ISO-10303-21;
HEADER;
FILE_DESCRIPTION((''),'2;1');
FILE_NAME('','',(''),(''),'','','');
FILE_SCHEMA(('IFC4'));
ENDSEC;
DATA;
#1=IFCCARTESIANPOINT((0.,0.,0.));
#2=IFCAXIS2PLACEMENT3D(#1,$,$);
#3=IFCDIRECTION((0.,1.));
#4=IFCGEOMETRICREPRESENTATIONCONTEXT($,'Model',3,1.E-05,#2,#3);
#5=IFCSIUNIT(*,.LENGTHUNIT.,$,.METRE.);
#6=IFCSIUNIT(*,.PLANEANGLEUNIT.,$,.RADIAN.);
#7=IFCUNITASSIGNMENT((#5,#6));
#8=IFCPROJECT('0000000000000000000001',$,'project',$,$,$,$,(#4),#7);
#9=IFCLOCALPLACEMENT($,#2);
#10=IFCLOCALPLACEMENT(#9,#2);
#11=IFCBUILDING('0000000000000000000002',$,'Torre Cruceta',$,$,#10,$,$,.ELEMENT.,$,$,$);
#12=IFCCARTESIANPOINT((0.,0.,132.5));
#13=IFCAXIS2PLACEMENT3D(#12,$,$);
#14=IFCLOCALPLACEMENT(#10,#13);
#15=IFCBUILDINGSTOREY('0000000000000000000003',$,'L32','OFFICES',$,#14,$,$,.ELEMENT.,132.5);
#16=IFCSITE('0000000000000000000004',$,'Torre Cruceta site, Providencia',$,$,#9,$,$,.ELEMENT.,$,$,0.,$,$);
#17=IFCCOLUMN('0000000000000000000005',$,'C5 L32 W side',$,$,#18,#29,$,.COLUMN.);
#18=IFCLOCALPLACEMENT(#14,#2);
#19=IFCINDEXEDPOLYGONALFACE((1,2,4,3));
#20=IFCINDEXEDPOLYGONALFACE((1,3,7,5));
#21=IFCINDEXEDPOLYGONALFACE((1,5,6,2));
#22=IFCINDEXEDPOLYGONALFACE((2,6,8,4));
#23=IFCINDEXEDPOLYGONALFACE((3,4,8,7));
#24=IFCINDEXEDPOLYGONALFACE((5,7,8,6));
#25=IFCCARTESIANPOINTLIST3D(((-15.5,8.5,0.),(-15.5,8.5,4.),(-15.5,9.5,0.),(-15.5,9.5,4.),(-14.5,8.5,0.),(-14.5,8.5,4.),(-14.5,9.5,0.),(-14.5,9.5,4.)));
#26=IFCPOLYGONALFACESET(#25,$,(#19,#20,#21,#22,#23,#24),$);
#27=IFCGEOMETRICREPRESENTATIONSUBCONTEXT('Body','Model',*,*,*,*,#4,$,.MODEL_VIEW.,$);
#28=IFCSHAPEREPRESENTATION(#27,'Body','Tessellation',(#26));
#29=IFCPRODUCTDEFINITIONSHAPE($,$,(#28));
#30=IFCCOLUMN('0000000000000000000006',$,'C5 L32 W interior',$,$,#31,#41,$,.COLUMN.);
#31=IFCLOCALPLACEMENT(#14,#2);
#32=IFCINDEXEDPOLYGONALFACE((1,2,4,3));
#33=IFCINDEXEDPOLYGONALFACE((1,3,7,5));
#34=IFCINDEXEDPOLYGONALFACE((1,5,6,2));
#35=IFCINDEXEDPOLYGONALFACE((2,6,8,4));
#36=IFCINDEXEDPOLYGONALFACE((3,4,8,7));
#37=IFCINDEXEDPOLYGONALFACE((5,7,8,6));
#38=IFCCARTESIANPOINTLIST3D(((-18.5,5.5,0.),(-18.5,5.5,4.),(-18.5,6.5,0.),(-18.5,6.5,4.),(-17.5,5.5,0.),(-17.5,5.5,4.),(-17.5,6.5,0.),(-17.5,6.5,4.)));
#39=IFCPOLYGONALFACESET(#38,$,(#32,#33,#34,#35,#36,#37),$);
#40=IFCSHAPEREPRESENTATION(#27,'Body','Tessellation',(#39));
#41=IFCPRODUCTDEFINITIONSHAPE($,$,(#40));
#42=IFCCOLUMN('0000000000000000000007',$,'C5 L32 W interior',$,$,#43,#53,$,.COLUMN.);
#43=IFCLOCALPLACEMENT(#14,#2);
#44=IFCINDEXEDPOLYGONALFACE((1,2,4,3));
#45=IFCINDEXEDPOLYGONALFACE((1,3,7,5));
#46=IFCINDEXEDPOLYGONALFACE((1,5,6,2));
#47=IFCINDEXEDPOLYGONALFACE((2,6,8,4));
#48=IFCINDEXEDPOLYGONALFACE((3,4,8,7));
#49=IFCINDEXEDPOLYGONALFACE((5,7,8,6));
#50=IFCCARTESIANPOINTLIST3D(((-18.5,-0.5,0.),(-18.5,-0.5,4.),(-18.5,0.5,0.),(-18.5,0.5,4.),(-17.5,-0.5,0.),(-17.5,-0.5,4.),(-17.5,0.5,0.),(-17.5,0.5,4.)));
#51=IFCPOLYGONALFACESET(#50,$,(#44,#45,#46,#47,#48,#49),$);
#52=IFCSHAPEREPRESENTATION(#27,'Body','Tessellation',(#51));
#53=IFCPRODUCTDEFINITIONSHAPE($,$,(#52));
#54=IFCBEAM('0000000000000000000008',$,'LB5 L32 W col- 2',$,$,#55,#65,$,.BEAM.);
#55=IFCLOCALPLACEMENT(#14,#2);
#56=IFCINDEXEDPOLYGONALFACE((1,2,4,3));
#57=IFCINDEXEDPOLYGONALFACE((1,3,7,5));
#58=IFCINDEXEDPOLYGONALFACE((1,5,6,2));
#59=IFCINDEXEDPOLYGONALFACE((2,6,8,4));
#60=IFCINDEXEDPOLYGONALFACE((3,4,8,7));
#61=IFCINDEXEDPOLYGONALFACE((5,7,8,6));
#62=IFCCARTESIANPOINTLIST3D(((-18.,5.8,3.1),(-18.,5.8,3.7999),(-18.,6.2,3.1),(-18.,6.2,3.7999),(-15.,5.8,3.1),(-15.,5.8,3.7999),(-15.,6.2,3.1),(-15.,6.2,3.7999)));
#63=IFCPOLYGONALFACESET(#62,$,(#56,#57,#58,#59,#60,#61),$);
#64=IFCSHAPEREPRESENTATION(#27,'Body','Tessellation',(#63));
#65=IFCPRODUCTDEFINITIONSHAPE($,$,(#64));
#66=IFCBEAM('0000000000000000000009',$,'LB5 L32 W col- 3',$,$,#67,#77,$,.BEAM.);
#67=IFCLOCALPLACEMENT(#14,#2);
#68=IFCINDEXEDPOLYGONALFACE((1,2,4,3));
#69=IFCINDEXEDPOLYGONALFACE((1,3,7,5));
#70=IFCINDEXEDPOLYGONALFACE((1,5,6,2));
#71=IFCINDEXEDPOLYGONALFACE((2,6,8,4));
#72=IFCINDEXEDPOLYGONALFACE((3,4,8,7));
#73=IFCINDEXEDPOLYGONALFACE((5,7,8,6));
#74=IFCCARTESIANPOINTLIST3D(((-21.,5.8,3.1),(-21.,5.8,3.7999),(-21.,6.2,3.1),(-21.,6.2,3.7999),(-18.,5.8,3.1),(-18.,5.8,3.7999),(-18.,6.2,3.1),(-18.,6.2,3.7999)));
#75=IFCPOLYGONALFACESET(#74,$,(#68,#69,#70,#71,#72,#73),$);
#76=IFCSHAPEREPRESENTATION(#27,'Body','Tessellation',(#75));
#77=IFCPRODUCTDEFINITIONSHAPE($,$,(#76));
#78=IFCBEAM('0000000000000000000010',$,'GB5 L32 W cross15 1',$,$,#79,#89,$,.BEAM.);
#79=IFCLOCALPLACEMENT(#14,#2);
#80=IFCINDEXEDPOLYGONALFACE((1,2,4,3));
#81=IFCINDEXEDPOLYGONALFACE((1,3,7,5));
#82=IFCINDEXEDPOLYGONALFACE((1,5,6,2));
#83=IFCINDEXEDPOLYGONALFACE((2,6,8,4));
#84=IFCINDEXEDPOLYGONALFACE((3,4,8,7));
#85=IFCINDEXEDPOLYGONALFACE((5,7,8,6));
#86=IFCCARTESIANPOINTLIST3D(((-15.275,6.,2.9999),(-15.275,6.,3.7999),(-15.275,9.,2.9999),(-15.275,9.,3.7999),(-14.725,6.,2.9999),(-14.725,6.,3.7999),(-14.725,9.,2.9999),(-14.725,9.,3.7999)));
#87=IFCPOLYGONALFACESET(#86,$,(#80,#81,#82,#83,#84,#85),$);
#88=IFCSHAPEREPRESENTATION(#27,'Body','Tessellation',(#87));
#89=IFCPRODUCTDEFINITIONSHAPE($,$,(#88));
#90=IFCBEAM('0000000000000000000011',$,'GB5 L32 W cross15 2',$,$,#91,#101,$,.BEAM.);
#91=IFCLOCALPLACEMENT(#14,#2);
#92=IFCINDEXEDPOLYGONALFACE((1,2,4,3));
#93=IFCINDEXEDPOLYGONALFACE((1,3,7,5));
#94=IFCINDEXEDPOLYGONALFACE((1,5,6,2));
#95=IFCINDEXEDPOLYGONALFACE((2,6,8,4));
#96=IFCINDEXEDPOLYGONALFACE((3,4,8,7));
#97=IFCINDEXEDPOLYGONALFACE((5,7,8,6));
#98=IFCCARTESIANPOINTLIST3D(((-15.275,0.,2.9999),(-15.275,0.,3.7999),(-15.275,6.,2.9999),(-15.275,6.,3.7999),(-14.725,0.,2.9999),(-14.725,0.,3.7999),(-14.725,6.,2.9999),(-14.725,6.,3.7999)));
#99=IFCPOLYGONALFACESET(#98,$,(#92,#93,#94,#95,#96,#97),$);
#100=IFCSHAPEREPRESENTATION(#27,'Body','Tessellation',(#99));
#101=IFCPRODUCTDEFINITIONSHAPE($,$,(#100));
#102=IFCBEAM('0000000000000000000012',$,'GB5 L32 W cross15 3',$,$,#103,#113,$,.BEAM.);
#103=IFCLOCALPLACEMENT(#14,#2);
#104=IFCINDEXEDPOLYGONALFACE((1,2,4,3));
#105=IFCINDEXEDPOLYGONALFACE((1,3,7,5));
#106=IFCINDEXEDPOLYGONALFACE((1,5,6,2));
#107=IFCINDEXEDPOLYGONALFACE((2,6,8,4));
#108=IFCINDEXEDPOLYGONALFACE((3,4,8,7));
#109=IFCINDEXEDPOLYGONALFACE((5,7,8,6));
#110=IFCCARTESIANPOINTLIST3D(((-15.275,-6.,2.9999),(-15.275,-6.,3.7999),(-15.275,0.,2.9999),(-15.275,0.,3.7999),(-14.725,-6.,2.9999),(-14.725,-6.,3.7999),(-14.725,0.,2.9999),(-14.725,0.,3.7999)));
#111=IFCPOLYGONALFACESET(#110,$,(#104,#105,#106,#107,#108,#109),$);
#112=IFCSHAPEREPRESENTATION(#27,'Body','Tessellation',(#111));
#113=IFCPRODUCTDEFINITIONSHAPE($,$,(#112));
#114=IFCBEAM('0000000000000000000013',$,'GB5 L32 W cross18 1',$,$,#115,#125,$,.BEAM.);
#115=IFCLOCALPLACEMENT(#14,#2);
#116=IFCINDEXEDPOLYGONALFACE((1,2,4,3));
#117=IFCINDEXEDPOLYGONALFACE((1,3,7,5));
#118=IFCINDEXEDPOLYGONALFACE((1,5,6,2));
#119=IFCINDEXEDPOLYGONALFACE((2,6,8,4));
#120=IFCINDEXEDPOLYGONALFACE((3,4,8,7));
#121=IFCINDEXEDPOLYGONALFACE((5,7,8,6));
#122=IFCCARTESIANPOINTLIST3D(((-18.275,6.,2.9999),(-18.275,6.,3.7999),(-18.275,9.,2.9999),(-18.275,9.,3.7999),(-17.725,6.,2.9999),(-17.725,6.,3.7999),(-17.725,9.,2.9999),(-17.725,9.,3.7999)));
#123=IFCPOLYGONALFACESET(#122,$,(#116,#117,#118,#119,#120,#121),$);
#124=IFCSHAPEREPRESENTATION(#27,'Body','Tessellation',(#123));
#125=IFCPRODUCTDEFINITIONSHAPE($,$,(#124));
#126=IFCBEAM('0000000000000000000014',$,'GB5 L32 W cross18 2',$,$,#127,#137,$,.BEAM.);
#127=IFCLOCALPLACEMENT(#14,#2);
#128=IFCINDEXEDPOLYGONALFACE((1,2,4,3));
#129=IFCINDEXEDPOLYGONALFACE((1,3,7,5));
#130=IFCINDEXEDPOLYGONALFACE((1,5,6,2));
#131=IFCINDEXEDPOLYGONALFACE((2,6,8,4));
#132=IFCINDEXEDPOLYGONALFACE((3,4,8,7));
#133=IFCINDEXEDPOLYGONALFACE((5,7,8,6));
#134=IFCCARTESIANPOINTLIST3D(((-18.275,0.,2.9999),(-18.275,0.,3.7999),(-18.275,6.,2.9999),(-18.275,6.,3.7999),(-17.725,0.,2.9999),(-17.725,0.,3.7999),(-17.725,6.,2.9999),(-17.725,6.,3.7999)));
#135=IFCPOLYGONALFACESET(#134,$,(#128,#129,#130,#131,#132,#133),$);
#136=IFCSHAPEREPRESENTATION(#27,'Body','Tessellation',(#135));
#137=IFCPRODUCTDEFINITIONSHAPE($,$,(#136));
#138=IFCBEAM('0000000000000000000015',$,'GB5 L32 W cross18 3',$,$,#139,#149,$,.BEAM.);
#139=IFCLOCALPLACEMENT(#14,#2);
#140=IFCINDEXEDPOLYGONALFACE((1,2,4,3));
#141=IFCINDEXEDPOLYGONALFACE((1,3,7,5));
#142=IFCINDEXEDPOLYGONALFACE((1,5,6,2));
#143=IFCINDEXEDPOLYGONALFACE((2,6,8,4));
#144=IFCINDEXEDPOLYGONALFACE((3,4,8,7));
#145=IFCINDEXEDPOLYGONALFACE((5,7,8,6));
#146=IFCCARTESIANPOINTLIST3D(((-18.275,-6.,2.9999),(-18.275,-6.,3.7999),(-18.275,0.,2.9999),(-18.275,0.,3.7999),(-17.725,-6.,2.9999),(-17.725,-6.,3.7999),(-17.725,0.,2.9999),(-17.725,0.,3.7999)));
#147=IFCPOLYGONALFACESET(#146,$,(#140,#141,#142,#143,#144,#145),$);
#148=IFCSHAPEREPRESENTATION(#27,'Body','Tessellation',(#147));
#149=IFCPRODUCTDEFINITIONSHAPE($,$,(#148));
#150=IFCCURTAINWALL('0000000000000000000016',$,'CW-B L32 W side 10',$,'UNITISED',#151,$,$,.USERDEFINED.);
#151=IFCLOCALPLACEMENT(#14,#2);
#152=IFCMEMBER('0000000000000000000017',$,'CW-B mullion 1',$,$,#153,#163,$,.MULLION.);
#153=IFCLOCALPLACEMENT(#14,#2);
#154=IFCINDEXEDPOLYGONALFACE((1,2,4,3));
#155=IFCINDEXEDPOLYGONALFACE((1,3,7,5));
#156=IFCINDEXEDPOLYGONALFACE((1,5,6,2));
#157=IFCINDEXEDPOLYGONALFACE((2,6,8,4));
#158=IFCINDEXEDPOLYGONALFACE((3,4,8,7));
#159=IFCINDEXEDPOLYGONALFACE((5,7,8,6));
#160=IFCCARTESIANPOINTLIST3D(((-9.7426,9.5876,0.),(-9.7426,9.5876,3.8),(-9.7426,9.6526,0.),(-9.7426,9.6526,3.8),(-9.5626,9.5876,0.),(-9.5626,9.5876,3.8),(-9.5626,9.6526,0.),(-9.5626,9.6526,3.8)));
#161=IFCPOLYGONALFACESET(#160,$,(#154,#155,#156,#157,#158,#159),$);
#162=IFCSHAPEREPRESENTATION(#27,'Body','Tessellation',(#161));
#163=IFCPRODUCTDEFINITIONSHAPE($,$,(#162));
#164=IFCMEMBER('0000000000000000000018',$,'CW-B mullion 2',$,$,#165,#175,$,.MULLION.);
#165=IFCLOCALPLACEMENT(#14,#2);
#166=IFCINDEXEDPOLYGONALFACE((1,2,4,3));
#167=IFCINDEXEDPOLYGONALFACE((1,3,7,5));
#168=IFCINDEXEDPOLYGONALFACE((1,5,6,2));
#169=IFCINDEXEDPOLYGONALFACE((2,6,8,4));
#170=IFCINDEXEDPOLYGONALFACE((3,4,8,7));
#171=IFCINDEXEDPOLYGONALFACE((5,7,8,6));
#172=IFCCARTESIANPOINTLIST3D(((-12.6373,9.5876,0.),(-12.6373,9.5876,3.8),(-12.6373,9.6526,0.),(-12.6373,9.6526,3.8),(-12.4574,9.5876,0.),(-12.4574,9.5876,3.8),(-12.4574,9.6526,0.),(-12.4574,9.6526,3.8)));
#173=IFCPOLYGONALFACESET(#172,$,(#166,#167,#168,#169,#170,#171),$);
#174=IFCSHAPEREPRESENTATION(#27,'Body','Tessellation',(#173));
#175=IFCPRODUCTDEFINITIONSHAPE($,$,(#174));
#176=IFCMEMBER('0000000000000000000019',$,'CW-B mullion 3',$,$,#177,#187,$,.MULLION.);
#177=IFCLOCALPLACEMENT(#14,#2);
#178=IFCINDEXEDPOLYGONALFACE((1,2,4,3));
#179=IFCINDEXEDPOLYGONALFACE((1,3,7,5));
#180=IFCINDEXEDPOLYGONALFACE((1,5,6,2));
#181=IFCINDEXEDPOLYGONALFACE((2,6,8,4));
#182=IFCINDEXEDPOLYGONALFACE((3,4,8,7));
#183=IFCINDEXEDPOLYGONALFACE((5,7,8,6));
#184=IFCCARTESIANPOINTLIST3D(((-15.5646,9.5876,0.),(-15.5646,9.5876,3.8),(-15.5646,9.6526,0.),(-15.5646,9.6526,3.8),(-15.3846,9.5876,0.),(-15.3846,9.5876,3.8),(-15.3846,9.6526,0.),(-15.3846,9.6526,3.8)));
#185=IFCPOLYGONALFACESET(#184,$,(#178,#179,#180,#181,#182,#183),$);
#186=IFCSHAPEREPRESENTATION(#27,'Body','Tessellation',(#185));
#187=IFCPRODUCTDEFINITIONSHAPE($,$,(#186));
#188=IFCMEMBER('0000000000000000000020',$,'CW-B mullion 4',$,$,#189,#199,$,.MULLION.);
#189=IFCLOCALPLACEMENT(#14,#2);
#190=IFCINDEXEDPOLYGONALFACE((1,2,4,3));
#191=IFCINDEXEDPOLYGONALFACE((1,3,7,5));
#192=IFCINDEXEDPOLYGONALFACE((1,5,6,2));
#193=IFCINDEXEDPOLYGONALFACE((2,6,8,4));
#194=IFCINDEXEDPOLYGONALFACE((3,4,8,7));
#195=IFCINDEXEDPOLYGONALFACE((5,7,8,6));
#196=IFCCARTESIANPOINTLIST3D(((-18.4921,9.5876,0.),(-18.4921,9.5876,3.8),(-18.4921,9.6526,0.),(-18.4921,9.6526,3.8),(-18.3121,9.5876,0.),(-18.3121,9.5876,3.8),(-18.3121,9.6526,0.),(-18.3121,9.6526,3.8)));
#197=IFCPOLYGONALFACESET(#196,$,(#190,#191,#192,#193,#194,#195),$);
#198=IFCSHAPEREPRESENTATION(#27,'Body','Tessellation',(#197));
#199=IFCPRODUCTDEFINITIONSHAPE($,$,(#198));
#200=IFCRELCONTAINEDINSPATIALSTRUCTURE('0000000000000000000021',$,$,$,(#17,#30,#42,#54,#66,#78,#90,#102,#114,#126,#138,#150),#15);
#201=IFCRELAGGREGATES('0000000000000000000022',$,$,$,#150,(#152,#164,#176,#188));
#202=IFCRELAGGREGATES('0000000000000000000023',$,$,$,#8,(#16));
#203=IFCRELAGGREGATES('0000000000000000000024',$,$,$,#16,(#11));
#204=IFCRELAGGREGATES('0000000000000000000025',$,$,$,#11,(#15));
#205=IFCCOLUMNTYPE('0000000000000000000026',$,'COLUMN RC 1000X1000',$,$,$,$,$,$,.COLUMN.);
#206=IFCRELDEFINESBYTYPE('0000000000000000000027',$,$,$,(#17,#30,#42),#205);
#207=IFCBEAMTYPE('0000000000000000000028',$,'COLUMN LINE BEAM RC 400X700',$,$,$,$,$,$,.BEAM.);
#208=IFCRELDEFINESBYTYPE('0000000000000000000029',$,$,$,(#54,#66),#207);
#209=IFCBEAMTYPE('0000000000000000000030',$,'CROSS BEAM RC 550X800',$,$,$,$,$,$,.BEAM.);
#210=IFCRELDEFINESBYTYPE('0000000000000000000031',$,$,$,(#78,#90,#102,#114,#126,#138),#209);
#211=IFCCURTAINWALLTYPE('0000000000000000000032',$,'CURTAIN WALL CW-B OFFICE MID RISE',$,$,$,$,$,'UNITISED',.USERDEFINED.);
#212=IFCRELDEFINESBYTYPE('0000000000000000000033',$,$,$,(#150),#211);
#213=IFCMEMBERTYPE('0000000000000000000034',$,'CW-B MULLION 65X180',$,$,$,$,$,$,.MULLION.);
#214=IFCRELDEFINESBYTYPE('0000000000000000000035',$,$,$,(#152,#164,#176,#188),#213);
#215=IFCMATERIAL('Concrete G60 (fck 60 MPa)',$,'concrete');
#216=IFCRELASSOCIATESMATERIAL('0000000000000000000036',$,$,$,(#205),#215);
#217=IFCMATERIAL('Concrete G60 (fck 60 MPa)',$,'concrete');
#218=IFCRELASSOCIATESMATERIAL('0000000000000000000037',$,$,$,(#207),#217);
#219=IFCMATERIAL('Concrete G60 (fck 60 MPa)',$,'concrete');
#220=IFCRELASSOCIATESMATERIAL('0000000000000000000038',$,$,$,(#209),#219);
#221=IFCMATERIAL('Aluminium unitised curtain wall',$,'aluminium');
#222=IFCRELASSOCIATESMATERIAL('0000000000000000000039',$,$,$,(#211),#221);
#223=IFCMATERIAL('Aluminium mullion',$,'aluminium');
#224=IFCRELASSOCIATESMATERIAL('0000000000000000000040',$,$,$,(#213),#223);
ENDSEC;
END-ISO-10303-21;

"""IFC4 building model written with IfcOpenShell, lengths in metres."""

from ifc_helpers import new_model, si_unit, direction, frame, origin, origin_2d, place, context, subcontext, project, spatial, rectangle, extrude, material, material_profile, profile_set, type_object, element, aggregate, save


model = new_model("IFC4")

# Units and contexts
model_context = context("Model", 3, precision=1e-05, world=origin(), true_north=direction((0.0, 1.0)))
body_context = subcontext(model_context, "Body", "Model", "MODEL_VIEW")
ifc_project = project(units=[si_unit("LENGTHUNIT", "METRE"), si_unit("PLANEANGLEUNIT", "RADIAN")], contexts=[model_context])

# Site, building, storey
site_placement = place(None, origin())
site = spatial("IfcSite", under=ifc_project, at=site_placement, Name="Torre Cruceta site, Providencia", CompositionType="ELEMENT", RefElevation=0.0)
building_placement = place(site_placement, origin())
building = spatial("IfcBuilding", under=site, at=building_placement, Name="Torre Cruceta", CompositionType="ELEMENT")
storey_placement = place(building_placement, frame((0.0, 0.0, 132.5)))
storey = spatial("IfcBuildingStorey", under=building, at=storey_placement, Name="L32", Description="OFFICES", CompositionType="ELEMENT", Elevation=132.5)

# Columns
ifc_material_1 = material(Name="Concrete G60 (fck 60 MPa)", Category="concrete")
ifc_material_profile_1 = material_profile(ifc_material_1, rectangle(XDim=1.0, YDim=1.0, at=origin_2d()), Name="RC 1000X1000")
ifc_profile_set_1 = profile_set([ifc_material_profile_1], Name="Concrete G60 (fck 60 MPa)")
column_type = type_object("IfcColumnType", Name="COLUMN RC 1000X1000", PredefinedType="COLUMN", material=ifc_profile_set_1)
for number, where, z_axis, x_axis, name in (
    (1, (-15.0, 9.0, 0.0), (0.0, 0.0, 1.0), (1.0, 0.0, 0.0), "C5 L32 W side"),
    (2, (-18.0, 6.0, 0.0), (0.0, 0.0, 1.0), (1.0, 0.0, 0.0), "C5 L32 W interior"),
    (3, (-18.0, 0.0, 0.0), (0.0, 0.0, 1.0), (1.0, 0.0, 0.0), "C5 L32 W interior"),
):
    element("IfcColumn", number, at=place(storey_placement, frame(where, z_axis=z_axis, x_axis=x_axis)), inside=storey, type_object=column_type, Name=name, PredefinedType="COLUMN", context=body_context, shape_type="SweptSolid", body=[
        extrude(rectangle(XDim=1.0, YDim=1.0, at=origin_2d()), origin(), (0.0, 0.0, 1.0), 4.0),
    ])

# Beams
ifc_material_2 = material(Name="Concrete G60 (fck 60 MPa)", Category="concrete")
ifc_material_profile_2 = material_profile(ifc_material_2, rectangle(XDim=0.3999, YDim=0.7, at=origin_2d()), Name="RC 400X700")
ifc_profile_set_2 = profile_set([ifc_material_profile_2], Name="Concrete G60 (fck 60 MPa)")
beam_type_1 = type_object("IfcBeamType", Name="COLUMN LINE BEAM RC 400X700", PredefinedType="BEAM", material=ifc_profile_set_2)
for number, where, z_axis, x_axis, name in (
    (4, (-15.0, 6.0, 3.45), (-1.0, 0.0, 0.0), (0.0, -1.0, 0.0), "LB5 L32 W col- 2"),
    (5, (-18.0, 6.0, 3.45), (-1.0, 0.0, 0.0), (0.0, -1.0, 0.0), "LB5 L32 W col- 3"),
):
    element("IfcBeam", number, at=place(storey_placement, frame(where, z_axis=z_axis, x_axis=x_axis)), inside=storey, type_object=beam_type_1, Name=name, PredefinedType="BEAM", context=body_context, shape_type="SweptSolid", body=[
        extrude(rectangle(XDim=0.3999, YDim=0.7, at=origin_2d()), origin(), (0.0, 0.0, 1.0), 3.0),
    ])
ifc_material_3 = material(Name="Concrete G60 (fck 60 MPa)", Category="concrete")
ifc_material_profile_3 = material_profile(ifc_material_3, rectangle(XDim=0.55, YDim=0.8, at=origin_2d()), Name="RC 550X800")
ifc_profile_set_3 = profile_set([ifc_material_profile_3], Name="Concrete G60 (fck 60 MPa)")
beam_type_2 = type_object("IfcBeamType", Name="CROSS BEAM RC 550X800", PredefinedType="BEAM", material=ifc_profile_set_3)
beam_1_placement = place(storey_placement, frame((-15.0, 9.0, 3.3999), z_axis=(0.0, -1.0, 0.0), x_axis=(1.0, 0.0, 0.0)))
element("IfcBeam", 6, at=beam_1_placement, inside=storey, type_object=beam_type_2, Name="GB5 L32 W cross15 1", PredefinedType="BEAM", context=body_context, shape_type="SweptSolid", body=[
    extrude(rectangle(XDim=0.55, YDim=0.8, at=origin_2d()), origin(), (0.0, 0.0, 1.0), 3.0),
])
for number, where, z_axis, x_axis, name in (
    (7, (-15.0, 6.0, 3.3999), (0.0, -1.0, 0.0), (1.0, 0.0, 0.0), "GB5 L32 W cross15 2"),
    (8, (-15.0, 0.0, 3.3999), (0.0, -1.0, 0.0), (1.0, 0.0, 0.0), "GB5 L32 W cross15 3"),
):
    element("IfcBeam", number, at=place(storey_placement, frame(where, z_axis=z_axis, x_axis=x_axis)), inside=storey, type_object=beam_type_2, Name=name, PredefinedType="BEAM", context=body_context, shape_type="SweptSolid", body=[
        extrude(rectangle(XDim=0.55, YDim=0.8, at=origin_2d()), origin(), (0.0, 0.0, 1.0), 6.0),
    ])
beam_2_placement = place(storey_placement, frame((-18.0, 9.0, 3.3999), z_axis=(0.0, -1.0, 0.0), x_axis=(1.0, 0.0, 0.0)))
element("IfcBeam", 9, at=beam_2_placement, inside=storey, type_object=beam_type_2, Name="GB5 L32 W cross18 1", PredefinedType="BEAM", context=body_context, shape_type="SweptSolid", body=[
    extrude(rectangle(XDim=0.55, YDim=0.8, at=origin_2d()), origin(), (0.0, 0.0, 1.0), 3.0),
])
for number, where, z_axis, x_axis, name in (
    (10, (-18.0, 6.0, 3.3999), (0.0, -1.0, 0.0), (1.0, 0.0, 0.0), "GB5 L32 W cross18 2"),
    (11, (-18.0, 0.0, 3.3999), (0.0, -1.0, 0.0), (1.0, 0.0, 0.0), "GB5 L32 W cross18 3"),
):
    element("IfcBeam", number, at=place(storey_placement, frame(where, z_axis=z_axis, x_axis=x_axis)), inside=storey, type_object=beam_type_2, Name=name, PredefinedType="BEAM", context=body_context, shape_type="SweptSolid", body=[
        extrude(rectangle(XDim=0.55, YDim=0.8, at=origin_2d()), origin(), (0.0, 0.0, 1.0), 6.0),
    ])

# Curtain wall, members
ifc_material_4 = material(Name="Aluminium unitised curtain wall", Category="aluminium")
curtain_wall_type = type_object("IfcCurtainWallType", Name="CURTAIN WALL CW-B OFFICE MID RISE", ElementType="UNITISED", PredefinedType="USERDEFINED", material=ifc_material_4)
curtain_wall_placement = place(storey_placement, origin())
curtain_wall = element("IfcCurtainWall", 12, at=curtain_wall_placement, inside=storey, type_object=curtain_wall_type, Name="CW-B L32 W side 10", ObjectType="UNITISED", PredefinedType="USERDEFINED")
ifc_material_5 = material(Name="Aluminium mullion", Category="aluminium")
ifc_material_profile_4 = material_profile(ifc_material_5, rectangle(XDim=0.0649, YDim=0.1799, at=origin_2d()), Name="AL 65X180")
ifc_profile_set_4 = profile_set([ifc_material_profile_4], Name="Aluminium mullion")
member_type_1 = type_object("IfcMemberType", Name="CW-B MULLION 65X180", PredefinedType="MULLION", material=ifc_profile_set_4)
member_1_placement = place(storey_placement, frame((-9.6526, 9.6201, 0.0), z_axis=(0.0, 0.0, 1.0), x_axis=(0.0, -1.0, 0.0)))
member_1 = element("IfcMember", 13, at=member_1_placement, type_object=member_type_1, Name="CW-B mullion 1", PredefinedType="MULLION", context=body_context, shape_type="SweptSolid", body=[
    extrude(rectangle(XDim=0.0649, YDim=0.1799, at=origin_2d()), origin(), (0.0, 0.0, 1.0), 3.8),
])
member_2_placement = place(storey_placement, frame((-12.5474, 9.6201, 0.0), z_axis=(0.0, 0.0, 1.0), x_axis=(0.0, -1.0, 0.0)))
member_2 = element("IfcMember", 14, at=member_2_placement, type_object=member_type_1, Name="CW-B mullion 2", PredefinedType="MULLION", context=body_context, shape_type="SweptSolid", body=[
    extrude(rectangle(XDim=0.0649, YDim=0.1799, at=origin_2d()), origin(), (0.0, 0.0, 1.0), 3.8),
])
member_3_placement = place(storey_placement, frame((-15.4746, 9.6201, 0.0), z_axis=(0.0, 0.0, 1.0), x_axis=(0.0, -1.0, 0.0)))
member_3 = element("IfcMember", 15, at=member_3_placement, type_object=member_type_1, Name="CW-B mullion 3", PredefinedType="MULLION", context=body_context, shape_type="SweptSolid", body=[
    extrude(rectangle(XDim=0.0649, YDim=0.1799, at=origin_2d()), origin(), (0.0, 0.0, 1.0), 3.8),
])
member_4_placement = place(storey_placement, frame((-18.4021, 9.6201, 0.0), z_axis=(0.0, 0.0, 1.0), x_axis=(0.0, -1.0, 0.0)))
member_4 = element("IfcMember", 16, at=member_4_placement, type_object=member_type_1, Name="CW-B mullion 4", PredefinedType="MULLION", context=body_context, shape_type="SweptSolid", body=[
    extrude(rectangle(XDim=0.0649, YDim=0.1799, at=origin_2d()), origin(), (0.0, 0.0, 1.0), 3.8),
])

aggregate(curtain_wall, [member_1, member_2, member_3, member_4])

save(model, "model.ifc")
